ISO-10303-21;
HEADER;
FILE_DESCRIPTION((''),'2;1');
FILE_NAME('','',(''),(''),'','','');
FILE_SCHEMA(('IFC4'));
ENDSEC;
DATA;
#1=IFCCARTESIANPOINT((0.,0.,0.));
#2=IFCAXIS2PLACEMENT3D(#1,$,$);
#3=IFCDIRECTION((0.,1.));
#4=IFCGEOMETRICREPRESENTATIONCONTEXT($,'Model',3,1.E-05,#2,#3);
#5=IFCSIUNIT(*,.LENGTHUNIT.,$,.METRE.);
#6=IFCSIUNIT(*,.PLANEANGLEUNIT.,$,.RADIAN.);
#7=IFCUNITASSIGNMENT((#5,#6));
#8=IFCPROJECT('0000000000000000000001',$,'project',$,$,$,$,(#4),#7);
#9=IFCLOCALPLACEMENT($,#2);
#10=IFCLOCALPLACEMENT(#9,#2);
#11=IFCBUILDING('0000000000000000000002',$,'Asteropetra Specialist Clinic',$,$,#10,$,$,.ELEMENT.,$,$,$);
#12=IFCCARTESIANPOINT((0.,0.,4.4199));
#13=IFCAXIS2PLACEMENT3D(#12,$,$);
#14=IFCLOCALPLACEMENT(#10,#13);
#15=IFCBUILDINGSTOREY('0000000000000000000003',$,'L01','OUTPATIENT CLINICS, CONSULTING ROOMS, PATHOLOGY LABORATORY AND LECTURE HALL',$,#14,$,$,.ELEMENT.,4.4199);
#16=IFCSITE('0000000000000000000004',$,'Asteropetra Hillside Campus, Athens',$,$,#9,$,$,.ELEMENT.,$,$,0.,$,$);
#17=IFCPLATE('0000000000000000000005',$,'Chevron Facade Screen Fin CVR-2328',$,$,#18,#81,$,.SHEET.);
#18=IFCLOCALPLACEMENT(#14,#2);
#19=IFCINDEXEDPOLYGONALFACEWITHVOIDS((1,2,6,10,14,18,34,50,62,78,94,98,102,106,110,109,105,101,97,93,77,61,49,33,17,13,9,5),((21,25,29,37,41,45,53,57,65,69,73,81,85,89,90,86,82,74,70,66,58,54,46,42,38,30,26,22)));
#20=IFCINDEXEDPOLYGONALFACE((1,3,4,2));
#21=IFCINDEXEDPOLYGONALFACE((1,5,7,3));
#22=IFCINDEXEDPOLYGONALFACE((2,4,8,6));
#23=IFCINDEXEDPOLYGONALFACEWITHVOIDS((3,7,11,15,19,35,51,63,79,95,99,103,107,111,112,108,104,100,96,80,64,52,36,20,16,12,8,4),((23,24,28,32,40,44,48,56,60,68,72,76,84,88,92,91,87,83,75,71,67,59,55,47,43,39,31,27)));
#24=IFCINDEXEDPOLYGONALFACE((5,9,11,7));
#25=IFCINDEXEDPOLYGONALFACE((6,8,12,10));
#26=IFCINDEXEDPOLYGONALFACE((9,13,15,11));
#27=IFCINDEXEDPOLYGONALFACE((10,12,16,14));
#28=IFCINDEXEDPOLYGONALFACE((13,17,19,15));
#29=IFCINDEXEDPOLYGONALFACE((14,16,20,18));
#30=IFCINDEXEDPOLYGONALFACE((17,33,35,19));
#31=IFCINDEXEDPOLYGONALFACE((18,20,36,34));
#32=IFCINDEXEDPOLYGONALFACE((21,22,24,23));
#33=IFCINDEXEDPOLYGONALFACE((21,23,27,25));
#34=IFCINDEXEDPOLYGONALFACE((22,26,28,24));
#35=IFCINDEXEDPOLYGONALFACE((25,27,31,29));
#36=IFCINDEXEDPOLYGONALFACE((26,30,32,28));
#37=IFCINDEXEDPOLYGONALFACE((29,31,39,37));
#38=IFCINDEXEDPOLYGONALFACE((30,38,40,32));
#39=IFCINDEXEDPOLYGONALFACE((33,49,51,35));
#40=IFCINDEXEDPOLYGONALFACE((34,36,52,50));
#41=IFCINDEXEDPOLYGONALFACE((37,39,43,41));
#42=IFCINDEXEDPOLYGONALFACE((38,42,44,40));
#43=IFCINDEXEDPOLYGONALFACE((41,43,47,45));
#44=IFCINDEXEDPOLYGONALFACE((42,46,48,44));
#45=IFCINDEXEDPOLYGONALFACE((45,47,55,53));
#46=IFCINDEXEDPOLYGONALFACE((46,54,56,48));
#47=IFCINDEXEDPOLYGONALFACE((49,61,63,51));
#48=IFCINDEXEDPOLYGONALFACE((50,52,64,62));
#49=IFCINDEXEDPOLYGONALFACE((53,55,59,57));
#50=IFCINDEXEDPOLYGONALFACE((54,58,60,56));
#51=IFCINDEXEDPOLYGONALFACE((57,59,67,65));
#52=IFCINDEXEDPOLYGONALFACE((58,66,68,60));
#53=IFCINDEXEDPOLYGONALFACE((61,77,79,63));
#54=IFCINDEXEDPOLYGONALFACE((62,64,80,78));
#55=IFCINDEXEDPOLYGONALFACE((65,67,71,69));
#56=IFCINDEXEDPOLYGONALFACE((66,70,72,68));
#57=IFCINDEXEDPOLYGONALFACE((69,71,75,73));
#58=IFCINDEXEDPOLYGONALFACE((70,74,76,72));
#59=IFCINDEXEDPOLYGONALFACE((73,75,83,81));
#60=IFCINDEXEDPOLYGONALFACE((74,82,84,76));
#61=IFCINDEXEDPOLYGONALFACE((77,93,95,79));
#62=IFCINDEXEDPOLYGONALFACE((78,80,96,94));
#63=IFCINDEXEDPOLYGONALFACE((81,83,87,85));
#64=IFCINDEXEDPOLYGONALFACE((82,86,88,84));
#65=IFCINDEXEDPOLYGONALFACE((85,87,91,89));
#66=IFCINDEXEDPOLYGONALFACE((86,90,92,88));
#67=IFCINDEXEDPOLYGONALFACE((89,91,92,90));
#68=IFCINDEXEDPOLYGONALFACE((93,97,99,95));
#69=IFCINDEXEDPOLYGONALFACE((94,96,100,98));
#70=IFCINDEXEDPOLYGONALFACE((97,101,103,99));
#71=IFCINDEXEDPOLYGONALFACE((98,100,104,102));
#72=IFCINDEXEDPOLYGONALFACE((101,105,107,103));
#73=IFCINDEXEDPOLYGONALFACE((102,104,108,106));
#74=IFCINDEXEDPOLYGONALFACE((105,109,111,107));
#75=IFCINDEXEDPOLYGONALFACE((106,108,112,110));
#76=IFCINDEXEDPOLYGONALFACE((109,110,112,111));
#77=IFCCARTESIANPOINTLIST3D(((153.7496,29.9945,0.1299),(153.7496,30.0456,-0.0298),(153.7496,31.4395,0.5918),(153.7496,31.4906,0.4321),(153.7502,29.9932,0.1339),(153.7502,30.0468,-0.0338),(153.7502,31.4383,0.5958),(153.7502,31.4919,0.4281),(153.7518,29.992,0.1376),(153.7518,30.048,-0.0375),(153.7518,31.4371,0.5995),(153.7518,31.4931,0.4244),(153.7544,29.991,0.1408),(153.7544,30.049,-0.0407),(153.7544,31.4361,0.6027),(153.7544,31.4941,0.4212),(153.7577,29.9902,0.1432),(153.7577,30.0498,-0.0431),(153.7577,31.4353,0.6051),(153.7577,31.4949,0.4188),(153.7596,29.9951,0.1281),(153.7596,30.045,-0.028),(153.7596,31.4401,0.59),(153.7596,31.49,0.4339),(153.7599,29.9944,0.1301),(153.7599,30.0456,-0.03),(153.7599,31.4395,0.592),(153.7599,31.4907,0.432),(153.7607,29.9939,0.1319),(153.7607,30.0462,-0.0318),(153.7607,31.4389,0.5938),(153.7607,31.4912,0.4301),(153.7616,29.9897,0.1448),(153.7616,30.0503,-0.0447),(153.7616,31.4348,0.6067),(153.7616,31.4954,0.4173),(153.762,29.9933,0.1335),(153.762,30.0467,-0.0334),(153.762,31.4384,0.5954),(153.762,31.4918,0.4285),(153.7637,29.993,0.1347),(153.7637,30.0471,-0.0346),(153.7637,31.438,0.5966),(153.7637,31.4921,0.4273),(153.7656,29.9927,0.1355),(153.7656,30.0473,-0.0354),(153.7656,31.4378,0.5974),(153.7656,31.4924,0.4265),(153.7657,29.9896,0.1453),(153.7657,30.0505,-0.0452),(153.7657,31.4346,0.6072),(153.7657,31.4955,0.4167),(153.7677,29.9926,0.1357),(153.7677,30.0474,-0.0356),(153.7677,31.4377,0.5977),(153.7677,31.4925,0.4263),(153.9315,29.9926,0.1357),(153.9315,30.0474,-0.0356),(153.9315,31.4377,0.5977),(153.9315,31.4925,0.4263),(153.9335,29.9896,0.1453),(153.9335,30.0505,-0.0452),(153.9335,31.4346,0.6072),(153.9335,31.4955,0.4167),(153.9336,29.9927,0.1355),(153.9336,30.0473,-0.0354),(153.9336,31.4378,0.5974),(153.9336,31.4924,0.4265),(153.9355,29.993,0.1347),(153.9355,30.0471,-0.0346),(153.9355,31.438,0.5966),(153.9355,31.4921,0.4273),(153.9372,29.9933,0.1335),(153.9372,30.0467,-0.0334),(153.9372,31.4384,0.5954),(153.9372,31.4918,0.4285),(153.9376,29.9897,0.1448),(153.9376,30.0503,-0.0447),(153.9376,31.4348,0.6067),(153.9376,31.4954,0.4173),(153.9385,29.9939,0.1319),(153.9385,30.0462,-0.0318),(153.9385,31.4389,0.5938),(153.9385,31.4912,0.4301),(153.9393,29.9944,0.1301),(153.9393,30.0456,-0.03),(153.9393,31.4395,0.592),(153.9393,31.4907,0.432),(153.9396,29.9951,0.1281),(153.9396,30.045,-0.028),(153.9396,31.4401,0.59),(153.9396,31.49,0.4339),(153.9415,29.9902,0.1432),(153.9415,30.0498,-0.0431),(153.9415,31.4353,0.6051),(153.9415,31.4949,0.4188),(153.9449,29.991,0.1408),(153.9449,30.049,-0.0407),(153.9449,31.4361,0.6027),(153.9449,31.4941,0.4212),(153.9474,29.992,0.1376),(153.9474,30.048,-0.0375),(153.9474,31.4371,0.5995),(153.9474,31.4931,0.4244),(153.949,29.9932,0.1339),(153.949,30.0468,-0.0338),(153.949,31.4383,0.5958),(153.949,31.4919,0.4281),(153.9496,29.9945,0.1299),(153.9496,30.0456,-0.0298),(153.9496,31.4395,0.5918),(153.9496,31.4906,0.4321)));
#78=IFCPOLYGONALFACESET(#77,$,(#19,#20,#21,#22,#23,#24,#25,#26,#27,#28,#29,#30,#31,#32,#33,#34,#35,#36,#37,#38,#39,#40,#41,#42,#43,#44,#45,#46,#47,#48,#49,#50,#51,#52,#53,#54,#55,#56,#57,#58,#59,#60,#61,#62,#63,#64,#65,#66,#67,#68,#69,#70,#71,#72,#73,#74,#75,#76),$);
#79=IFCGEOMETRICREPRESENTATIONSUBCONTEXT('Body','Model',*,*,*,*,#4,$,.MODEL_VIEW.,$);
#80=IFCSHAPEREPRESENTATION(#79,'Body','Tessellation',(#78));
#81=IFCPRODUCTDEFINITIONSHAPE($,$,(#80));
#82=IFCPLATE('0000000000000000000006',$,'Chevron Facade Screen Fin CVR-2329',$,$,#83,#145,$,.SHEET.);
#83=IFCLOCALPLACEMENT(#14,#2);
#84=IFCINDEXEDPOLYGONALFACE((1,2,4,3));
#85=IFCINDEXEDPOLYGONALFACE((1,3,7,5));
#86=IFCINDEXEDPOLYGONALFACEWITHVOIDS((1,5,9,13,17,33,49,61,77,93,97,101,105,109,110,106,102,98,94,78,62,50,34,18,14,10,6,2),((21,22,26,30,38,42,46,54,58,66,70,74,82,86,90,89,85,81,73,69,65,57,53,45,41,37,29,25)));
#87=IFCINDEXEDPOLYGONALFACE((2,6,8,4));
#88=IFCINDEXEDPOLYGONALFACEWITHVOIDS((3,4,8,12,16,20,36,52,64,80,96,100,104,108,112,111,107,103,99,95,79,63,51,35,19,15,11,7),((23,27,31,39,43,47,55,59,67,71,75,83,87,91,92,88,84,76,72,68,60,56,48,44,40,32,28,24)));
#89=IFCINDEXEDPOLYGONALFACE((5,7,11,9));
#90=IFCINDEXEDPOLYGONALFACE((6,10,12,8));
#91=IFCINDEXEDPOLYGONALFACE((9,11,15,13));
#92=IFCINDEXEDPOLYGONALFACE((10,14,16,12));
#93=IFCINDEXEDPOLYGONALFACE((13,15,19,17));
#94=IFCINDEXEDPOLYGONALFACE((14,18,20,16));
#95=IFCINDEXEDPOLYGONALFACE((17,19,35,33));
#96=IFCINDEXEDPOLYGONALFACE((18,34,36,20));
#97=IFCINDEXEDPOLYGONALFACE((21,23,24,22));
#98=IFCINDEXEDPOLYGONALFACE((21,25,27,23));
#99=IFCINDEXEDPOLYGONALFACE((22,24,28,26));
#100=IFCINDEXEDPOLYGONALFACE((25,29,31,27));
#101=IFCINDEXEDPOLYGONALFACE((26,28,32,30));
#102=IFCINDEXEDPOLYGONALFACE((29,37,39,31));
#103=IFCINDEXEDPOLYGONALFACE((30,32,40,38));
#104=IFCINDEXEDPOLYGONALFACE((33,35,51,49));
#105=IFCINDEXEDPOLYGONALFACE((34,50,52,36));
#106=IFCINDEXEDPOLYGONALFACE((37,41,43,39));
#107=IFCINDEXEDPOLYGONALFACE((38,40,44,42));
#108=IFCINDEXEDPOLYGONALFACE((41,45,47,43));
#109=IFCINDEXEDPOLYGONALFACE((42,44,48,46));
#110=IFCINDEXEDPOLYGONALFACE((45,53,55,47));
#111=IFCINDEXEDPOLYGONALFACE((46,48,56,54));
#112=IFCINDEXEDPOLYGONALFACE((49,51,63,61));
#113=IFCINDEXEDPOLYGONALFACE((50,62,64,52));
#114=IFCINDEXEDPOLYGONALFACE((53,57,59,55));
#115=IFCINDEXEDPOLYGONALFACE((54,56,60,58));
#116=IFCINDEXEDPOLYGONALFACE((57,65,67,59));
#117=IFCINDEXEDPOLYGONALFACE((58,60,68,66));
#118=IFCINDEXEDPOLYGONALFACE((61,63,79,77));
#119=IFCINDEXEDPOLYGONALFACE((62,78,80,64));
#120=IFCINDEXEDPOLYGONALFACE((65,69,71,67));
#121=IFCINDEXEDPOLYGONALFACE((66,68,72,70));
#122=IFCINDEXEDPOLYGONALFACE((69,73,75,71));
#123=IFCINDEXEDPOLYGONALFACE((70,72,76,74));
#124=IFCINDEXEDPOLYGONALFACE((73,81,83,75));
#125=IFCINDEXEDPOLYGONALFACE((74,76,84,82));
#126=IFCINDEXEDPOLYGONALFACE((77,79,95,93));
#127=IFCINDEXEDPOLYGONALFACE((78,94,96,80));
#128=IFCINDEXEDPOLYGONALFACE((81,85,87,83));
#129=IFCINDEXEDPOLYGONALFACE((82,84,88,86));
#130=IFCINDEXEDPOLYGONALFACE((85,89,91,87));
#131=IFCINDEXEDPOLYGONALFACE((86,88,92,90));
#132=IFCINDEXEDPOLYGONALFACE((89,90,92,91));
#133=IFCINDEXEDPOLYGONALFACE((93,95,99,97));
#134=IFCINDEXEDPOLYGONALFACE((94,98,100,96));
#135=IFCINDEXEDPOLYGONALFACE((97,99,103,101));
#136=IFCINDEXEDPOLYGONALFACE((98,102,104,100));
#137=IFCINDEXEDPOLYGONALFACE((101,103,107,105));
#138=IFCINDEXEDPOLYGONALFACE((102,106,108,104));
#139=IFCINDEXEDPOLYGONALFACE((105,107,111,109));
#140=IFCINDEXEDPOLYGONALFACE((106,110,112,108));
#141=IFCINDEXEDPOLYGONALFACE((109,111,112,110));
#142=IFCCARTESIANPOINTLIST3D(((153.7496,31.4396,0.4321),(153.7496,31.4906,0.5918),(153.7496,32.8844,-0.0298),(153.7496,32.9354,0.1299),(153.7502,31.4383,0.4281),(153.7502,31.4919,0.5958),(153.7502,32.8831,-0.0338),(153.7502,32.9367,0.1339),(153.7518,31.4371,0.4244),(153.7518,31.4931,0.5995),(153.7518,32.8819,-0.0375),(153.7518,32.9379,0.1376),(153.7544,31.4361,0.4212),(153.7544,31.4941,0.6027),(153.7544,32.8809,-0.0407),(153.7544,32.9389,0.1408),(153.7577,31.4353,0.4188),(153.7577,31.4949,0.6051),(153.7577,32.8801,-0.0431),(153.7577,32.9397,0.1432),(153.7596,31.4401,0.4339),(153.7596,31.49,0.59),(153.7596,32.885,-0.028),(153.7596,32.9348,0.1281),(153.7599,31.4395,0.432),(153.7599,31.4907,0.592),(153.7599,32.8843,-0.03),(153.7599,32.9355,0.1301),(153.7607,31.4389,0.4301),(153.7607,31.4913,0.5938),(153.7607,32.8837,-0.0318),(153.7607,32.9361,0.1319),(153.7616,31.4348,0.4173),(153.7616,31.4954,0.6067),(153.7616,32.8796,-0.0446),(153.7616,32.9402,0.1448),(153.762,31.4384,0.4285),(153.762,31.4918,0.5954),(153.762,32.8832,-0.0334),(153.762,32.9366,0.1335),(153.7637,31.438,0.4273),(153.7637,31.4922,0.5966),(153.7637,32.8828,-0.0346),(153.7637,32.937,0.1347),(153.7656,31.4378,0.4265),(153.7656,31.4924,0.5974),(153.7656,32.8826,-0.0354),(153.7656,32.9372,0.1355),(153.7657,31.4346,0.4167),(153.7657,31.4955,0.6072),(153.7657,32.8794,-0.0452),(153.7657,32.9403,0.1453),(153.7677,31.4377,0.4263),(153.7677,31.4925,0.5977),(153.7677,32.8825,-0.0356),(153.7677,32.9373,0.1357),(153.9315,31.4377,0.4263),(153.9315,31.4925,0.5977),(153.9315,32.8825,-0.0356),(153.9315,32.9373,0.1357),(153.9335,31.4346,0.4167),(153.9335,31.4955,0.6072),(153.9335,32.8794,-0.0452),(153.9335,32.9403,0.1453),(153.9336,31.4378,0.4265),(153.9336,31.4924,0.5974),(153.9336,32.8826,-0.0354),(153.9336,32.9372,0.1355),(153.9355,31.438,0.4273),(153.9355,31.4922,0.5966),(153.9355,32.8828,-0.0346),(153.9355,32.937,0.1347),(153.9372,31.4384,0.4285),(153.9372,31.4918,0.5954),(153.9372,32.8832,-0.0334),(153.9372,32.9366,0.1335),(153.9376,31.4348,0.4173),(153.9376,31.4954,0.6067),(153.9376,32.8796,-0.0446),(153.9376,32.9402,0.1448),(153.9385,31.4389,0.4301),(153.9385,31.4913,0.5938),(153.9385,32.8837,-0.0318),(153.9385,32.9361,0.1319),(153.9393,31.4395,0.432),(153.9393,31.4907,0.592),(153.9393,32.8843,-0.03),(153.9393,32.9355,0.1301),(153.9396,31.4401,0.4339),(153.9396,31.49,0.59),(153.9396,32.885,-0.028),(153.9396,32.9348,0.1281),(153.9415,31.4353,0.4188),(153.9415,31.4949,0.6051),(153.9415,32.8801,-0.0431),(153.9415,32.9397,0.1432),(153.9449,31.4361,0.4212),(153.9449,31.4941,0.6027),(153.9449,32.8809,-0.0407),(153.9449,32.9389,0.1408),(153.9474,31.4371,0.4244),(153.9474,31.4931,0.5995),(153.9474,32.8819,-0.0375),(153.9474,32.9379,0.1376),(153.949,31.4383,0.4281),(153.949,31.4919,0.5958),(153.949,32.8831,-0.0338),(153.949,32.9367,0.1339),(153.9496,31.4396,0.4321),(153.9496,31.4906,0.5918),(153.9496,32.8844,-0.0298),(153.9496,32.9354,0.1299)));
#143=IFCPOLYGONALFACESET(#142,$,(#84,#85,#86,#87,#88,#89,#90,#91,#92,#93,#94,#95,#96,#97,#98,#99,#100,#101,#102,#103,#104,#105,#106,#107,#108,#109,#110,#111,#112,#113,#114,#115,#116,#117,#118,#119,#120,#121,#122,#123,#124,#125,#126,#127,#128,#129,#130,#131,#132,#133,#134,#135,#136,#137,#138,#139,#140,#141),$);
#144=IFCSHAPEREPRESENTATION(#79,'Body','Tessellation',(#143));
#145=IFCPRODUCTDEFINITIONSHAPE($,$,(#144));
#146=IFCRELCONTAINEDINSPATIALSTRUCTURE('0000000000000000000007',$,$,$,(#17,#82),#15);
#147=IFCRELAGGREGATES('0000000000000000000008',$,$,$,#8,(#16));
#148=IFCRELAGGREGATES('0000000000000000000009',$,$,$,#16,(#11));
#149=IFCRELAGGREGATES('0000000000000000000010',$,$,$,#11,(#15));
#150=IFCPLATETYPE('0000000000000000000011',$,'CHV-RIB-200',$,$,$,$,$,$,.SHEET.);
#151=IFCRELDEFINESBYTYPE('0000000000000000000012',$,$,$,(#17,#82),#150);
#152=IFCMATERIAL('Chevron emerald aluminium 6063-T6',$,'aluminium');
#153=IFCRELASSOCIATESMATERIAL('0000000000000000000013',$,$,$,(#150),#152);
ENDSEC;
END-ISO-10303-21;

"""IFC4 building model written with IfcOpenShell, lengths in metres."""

from ifc_helpers import new_model, si_unit, direction, frame, origin, origin_2d, place, context, subcontext, project, spatial, hollow_rectangle, extrude, material, material_profile, profile_set, type_object, element, save


model = new_model("IFC4")

# Units and contexts
model_context = context("Model", 3, precision=1e-05, world=origin(), true_north=direction((0.0, 1.0)))
body_context = subcontext(model_context, "Body", "Model", "MODEL_VIEW")
ifc_project = project(units=[si_unit("LENGTHUNIT", "METRE"), si_unit("PLANEANGLEUNIT", "RADIAN")], contexts=[model_context])

# Site, building, storey
site_placement = place(None, origin())
site = spatial("IfcSite", under=ifc_project, at=site_placement, Name="Asteropetra Hillside Campus, Athens", CompositionType="ELEMENT", RefElevation=0.0)
building_placement = place(site_placement, origin())
building = spatial("IfcBuilding", under=site, at=building_placement, Name="Asteropetra Specialist Clinic", CompositionType="ELEMENT")
storey_placement = place(building_placement, frame((0.0, 0.0, 4.4199)))
storey = spatial("IfcBuildingStorey", under=building, at=storey_placement, Name="L01", Description="OUTPATIENT CLINICS, CONSULTING ROOMS, PATHOLOGY LABORATORY AND LECTURE HALL", CompositionType="ELEMENT", Elevation=4.4199)

# Plates
ifc_material_1 = material(Name="Chevron emerald aluminium 6063-T6", Category="aluminium")
ifc_material_profile = material_profile(ifc_material_1, hollow_rectangle(XDim=0.2, YDim=0.2, WallThickness=0.01, InnerFilletRadius=0.0081, OuterFilletRadius=0.0161, at=origin_2d()), Name="SHS 200x200x10.0")
ifc_profile_set = profile_set([ifc_material_profile], Name="Chevron emerald aluminium 6063-T6")
plate_type = type_object("IfcPlateType", Name="CHV-RIB-200", PredefinedType="SHEET", material=ifc_profile_set)
for number, where, z_axis, x_axis, name in (
    (1, (153.8496, 30.02, 0.05), (0.0, 0.952521, 0.304472), (-1.0, 0.0, 0.0), "Chevron Facade Screen Fin CVR-2328"),
):
    element("IfcPlate", number, at=place(storey_placement, frame(where, z_axis=z_axis, x_axis=x_axis)), inside=storey, type_object=plate_type, Name=name, PredefinedType="SHEET", context=body_context, shape_type="SweptSolid", body=[
        extrude(hollow_rectangle(XDim=0.2, YDim=0.2, WallThickness=0.01, InnerFilletRadius=0.0081, OuterFilletRadius=0.0161, at=origin_2d()), origin(), (0.0, 0.0, 1.0), 1.5171),
    ])
plate_1_placement = place(storey_placement, frame((153.8496, 31.4651, 0.512), z_axis=(0.0, 0.952506, -0.304519), x_axis=(-1.0, 0.0, 0.0)))
element("IfcPlate", 2, at=plate_1_placement, inside=storey, type_object=plate_type, Name="Chevron Facade Screen Fin CVR-2329", PredefinedType="SHEET", context=body_context, shape_type="SweptSolid", body=[
    extrude(hollow_rectangle(XDim=0.2, YDim=0.2, WallThickness=0.01, InnerFilletRadius=0.0081, OuterFilletRadius=0.0161, at=origin_2d()), origin(), (0.0, 0.0, 1.0), 1.5168),
])

save(model, "model.ifc")
